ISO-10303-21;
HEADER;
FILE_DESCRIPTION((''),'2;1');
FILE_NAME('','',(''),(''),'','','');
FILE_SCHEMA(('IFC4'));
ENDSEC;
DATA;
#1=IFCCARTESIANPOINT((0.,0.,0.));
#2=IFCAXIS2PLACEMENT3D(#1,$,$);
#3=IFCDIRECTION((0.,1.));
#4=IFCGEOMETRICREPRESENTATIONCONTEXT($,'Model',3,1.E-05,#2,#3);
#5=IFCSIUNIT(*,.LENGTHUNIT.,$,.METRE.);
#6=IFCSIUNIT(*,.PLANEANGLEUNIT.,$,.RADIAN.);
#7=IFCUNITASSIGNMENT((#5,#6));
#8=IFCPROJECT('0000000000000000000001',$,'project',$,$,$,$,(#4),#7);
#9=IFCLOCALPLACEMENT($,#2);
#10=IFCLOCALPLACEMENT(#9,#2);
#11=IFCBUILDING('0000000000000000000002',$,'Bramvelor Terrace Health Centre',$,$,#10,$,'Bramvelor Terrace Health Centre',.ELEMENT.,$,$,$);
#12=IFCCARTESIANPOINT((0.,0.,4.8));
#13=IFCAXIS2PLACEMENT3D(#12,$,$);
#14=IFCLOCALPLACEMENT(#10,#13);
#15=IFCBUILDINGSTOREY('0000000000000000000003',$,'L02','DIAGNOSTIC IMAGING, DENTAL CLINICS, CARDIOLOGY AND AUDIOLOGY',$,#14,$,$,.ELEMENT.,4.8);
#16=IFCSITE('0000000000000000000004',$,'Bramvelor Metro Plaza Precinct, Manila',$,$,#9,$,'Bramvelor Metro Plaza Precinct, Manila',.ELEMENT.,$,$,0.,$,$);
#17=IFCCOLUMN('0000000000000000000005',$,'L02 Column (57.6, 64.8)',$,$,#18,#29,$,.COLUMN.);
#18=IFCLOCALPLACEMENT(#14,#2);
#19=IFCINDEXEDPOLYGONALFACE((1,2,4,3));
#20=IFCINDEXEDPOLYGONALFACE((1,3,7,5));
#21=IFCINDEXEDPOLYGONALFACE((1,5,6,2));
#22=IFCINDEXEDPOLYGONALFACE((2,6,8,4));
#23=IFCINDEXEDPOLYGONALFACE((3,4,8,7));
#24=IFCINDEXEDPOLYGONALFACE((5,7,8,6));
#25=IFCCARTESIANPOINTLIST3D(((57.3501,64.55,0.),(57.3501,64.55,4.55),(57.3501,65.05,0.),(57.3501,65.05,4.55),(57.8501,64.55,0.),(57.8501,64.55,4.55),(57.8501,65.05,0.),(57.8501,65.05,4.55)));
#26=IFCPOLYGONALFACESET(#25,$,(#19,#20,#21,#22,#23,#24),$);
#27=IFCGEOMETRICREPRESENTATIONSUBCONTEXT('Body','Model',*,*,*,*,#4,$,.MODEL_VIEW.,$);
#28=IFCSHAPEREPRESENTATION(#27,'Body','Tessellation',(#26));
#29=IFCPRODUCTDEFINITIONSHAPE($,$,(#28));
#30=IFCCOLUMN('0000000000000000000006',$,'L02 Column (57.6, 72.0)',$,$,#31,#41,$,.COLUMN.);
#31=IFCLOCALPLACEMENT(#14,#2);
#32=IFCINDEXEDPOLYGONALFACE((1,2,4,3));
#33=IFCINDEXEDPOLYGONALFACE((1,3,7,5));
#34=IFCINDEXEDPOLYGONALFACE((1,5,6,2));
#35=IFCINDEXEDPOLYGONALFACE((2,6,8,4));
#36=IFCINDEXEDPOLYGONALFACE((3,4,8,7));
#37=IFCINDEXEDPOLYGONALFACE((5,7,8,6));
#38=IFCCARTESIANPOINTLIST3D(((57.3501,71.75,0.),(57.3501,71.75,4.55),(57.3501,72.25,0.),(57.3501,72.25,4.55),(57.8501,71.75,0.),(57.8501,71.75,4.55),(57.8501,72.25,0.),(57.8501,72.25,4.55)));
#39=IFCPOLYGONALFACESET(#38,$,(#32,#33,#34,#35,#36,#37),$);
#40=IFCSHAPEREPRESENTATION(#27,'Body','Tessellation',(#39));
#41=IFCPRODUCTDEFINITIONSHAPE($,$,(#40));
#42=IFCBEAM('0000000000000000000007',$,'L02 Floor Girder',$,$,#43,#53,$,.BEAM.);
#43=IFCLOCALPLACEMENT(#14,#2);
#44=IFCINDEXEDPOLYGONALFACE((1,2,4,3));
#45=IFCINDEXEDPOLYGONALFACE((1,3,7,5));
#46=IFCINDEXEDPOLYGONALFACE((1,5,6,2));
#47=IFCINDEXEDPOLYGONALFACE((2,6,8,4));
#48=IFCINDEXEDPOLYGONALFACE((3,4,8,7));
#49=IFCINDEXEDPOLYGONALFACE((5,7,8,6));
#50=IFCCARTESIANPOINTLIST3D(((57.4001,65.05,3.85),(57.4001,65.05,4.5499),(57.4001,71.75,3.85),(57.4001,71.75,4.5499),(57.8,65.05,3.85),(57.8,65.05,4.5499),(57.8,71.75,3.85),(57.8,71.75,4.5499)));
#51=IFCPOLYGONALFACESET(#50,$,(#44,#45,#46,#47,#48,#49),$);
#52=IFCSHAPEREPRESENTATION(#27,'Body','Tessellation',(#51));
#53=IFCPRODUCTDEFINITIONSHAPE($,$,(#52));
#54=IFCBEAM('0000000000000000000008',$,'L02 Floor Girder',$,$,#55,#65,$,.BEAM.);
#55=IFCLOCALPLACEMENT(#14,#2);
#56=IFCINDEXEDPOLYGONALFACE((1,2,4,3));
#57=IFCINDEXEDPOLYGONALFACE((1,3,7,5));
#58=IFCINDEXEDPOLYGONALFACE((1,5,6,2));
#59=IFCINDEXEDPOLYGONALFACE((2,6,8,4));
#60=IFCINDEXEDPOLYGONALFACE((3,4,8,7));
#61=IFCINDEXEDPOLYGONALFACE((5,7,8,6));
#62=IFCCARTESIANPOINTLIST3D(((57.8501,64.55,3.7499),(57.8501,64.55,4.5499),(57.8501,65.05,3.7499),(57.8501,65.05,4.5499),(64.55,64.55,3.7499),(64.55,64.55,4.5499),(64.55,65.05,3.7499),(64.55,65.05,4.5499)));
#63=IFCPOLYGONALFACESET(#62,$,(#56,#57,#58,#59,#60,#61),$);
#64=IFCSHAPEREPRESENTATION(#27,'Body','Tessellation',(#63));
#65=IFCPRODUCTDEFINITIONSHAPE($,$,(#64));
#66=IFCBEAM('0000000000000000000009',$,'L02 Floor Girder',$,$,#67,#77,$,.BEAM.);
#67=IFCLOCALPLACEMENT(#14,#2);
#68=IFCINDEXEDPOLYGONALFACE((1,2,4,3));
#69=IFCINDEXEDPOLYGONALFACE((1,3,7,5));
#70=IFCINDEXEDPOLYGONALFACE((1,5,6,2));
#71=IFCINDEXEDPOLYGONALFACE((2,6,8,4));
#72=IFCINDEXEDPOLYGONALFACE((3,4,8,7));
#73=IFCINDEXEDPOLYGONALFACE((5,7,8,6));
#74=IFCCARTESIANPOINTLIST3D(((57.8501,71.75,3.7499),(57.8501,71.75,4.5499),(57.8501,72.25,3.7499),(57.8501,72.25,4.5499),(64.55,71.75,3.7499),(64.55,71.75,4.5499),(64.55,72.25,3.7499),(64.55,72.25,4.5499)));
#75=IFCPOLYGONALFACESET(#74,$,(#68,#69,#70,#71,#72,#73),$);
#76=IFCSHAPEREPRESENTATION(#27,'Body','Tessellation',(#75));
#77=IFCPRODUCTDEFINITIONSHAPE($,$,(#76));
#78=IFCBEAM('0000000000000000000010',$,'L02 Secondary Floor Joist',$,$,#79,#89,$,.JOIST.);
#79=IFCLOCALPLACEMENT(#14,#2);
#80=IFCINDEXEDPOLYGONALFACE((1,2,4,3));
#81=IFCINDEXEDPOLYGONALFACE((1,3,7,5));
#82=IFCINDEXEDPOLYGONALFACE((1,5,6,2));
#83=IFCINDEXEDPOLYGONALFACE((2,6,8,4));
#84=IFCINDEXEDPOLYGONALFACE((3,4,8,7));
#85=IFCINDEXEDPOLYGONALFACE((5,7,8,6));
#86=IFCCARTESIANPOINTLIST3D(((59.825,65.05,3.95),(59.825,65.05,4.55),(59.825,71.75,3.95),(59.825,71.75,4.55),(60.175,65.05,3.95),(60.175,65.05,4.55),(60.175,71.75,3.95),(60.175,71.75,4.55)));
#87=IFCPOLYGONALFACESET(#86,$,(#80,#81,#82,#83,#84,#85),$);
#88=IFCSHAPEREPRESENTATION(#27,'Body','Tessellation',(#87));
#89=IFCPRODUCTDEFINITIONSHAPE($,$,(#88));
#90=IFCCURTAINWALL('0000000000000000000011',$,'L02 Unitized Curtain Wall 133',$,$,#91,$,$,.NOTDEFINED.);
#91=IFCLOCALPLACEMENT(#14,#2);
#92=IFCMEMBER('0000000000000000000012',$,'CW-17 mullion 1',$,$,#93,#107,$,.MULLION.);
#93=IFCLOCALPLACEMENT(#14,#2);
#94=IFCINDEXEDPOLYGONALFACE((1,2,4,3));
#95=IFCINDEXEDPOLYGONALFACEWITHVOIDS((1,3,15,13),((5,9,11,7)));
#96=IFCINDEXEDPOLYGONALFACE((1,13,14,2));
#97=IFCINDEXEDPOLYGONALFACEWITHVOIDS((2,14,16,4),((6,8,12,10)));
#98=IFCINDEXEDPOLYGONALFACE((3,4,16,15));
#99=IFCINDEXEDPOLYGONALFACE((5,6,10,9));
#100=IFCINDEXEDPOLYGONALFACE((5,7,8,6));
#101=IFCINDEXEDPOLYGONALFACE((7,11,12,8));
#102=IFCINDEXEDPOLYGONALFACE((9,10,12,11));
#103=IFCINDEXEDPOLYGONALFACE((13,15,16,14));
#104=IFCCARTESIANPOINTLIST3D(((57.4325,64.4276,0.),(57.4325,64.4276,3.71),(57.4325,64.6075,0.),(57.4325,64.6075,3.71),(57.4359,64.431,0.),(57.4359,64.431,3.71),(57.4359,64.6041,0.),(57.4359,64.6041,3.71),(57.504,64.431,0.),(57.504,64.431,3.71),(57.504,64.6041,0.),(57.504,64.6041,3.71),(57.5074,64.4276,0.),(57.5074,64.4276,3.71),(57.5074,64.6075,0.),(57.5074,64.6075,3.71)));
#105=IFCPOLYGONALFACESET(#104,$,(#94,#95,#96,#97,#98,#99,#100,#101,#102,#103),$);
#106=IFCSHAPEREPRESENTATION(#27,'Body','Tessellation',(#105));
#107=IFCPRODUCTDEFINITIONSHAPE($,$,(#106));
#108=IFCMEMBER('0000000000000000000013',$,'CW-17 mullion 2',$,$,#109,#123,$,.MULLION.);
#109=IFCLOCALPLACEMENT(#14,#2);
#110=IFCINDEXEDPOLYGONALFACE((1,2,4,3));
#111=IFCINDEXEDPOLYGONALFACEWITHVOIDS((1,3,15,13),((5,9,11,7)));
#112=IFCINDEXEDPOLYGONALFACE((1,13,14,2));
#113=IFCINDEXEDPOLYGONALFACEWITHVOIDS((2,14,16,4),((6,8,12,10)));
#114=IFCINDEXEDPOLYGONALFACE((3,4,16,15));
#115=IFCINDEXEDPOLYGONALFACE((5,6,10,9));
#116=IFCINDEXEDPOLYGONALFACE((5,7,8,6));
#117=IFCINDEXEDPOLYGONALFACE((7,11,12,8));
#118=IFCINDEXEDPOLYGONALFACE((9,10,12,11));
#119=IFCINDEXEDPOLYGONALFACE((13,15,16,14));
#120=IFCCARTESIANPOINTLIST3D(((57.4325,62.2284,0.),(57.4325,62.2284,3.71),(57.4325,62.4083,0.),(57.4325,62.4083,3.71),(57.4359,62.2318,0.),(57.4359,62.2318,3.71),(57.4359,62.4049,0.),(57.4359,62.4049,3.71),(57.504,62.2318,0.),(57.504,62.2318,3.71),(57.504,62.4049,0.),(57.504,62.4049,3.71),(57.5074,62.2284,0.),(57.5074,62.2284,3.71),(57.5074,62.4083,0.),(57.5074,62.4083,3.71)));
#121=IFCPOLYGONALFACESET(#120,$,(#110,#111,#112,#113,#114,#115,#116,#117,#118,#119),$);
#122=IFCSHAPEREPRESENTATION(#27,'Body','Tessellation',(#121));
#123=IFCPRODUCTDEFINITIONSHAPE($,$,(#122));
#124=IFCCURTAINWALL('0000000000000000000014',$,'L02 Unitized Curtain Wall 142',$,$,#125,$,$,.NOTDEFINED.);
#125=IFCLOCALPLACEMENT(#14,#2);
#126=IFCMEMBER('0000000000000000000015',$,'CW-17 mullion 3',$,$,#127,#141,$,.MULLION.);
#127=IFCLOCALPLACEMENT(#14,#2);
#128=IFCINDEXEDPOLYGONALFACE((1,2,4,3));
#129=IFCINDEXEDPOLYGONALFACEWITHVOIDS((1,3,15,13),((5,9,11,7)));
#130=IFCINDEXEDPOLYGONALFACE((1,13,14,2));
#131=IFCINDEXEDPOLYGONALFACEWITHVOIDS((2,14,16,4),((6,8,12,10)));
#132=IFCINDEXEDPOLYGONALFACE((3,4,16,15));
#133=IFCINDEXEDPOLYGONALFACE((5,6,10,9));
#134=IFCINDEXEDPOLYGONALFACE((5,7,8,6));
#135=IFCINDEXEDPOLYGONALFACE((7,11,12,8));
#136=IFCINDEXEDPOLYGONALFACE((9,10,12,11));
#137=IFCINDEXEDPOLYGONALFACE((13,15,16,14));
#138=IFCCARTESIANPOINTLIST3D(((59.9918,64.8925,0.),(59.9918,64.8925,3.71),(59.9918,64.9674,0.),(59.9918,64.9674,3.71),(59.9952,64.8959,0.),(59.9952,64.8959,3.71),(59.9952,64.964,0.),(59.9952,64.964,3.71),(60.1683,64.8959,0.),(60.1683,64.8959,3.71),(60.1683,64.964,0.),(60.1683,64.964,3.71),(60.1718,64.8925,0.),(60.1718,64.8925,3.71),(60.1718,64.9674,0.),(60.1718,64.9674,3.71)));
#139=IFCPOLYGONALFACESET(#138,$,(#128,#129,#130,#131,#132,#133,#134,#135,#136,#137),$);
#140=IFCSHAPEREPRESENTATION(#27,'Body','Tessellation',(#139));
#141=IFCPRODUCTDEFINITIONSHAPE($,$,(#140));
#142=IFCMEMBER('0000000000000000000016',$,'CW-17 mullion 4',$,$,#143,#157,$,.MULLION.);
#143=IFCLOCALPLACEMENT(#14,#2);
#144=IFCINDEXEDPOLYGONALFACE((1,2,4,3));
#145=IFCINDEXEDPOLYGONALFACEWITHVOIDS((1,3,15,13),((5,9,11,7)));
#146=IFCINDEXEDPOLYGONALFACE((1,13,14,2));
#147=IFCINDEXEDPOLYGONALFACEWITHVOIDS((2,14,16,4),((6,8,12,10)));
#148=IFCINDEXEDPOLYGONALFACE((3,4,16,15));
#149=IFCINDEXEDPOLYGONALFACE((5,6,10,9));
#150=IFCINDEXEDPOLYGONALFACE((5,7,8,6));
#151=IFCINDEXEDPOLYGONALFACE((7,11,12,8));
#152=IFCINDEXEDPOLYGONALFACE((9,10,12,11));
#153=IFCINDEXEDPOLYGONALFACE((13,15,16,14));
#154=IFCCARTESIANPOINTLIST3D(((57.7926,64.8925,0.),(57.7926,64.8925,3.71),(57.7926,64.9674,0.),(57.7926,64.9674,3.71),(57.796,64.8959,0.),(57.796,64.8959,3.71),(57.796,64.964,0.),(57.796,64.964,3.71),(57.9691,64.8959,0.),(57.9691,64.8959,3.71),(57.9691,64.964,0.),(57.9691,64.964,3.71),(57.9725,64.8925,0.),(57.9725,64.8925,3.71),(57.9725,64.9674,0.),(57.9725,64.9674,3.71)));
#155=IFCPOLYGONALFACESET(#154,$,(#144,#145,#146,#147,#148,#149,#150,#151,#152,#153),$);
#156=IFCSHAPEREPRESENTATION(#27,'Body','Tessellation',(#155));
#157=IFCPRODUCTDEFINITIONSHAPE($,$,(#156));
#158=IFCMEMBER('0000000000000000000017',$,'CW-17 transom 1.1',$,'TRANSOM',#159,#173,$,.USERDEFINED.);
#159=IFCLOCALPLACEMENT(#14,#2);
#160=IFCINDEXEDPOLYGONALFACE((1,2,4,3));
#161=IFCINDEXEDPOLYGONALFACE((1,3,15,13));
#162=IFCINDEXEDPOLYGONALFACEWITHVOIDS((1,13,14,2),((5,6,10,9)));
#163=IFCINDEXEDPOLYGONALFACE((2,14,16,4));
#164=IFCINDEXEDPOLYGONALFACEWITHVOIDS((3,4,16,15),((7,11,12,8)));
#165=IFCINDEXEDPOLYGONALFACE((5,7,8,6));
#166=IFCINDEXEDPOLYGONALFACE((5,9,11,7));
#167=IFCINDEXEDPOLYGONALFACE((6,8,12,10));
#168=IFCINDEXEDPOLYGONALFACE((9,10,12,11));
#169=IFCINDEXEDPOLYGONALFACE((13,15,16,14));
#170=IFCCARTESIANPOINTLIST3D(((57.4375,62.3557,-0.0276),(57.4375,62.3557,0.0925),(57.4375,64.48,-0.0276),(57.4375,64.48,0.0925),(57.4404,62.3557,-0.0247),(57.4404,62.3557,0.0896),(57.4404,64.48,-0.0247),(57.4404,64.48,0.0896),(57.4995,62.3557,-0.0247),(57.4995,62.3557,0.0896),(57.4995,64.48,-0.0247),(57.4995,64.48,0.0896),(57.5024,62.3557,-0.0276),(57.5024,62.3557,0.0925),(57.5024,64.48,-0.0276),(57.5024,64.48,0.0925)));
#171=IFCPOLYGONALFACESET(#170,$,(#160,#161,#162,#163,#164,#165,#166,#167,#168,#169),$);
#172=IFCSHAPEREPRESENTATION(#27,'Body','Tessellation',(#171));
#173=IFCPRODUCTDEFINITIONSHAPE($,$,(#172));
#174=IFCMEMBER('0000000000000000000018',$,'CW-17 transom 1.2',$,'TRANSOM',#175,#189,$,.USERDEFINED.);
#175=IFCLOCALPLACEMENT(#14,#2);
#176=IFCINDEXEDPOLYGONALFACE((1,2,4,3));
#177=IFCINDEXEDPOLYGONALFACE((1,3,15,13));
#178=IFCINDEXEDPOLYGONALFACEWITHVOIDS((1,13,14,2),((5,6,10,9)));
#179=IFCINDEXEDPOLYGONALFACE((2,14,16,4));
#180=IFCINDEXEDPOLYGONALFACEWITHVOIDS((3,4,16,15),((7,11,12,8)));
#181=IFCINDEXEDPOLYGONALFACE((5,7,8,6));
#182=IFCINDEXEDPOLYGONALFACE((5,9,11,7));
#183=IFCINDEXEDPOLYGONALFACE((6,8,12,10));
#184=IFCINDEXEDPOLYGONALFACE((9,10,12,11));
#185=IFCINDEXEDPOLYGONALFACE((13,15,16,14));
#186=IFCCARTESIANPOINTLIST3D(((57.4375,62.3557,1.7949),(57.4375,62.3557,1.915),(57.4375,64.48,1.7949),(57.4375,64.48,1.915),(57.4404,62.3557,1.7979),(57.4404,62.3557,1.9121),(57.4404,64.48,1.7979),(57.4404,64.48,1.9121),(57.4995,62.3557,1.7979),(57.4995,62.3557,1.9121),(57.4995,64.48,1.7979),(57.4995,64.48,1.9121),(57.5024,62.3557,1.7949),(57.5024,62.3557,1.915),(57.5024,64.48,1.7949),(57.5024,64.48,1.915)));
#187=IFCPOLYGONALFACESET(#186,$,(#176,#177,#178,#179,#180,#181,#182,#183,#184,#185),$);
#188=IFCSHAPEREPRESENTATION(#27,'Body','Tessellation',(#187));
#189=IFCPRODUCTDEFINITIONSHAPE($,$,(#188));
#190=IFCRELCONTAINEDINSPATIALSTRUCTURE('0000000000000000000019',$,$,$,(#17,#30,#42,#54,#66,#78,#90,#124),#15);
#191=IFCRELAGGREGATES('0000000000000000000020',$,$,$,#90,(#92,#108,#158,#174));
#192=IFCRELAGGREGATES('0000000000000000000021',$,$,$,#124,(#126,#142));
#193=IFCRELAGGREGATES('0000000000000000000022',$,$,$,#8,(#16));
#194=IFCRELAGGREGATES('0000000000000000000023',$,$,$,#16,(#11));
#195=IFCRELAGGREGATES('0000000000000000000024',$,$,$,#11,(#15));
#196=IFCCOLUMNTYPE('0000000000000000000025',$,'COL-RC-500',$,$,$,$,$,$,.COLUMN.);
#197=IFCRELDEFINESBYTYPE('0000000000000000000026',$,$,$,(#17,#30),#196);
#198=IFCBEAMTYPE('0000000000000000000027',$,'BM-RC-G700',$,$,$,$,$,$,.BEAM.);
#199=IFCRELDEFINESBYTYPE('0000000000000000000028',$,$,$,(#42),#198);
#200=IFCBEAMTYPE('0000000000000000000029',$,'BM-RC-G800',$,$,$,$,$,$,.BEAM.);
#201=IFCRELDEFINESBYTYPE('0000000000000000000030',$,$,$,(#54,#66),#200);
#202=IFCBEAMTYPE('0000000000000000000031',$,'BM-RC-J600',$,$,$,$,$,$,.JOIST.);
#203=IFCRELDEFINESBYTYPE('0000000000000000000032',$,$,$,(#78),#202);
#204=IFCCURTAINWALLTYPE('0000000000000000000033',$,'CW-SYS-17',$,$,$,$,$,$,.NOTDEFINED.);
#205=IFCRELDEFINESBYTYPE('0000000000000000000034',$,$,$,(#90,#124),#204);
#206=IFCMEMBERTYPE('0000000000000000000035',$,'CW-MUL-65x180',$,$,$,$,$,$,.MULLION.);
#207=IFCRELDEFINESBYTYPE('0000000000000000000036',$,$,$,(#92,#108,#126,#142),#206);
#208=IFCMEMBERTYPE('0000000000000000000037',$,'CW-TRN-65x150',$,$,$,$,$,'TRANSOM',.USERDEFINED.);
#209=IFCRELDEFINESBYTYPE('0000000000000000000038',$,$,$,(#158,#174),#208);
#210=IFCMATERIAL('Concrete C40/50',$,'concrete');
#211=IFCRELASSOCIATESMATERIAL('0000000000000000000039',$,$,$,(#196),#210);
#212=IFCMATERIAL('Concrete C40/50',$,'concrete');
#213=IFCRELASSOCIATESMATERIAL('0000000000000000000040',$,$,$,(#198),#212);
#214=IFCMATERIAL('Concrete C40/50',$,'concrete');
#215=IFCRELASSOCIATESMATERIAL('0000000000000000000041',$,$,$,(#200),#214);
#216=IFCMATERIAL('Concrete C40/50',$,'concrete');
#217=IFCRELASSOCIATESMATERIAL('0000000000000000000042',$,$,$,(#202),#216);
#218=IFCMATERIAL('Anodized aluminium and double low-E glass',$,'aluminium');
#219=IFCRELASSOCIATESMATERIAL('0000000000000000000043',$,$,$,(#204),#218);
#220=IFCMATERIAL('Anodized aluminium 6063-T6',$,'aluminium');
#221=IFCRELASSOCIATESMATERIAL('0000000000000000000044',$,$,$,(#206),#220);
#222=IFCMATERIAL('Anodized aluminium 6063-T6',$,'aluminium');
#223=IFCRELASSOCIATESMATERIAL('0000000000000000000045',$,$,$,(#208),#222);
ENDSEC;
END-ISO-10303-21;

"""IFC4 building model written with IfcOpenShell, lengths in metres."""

from ifc_helpers import new_model, si_unit, direction, frame, origin, origin_2d, place, context, subcontext, project, spatial, rectangle, hollow_rectangle, extrude, material, material_profile, profile_set, type_object, element, aggregate, save


model = new_model("IFC4")

# Units and contexts
model_context = context("Model", 3, precision=1e-05, world=origin(), true_north=direction((0.0, 1.0)))
body_context = subcontext(model_context, "Body", "Model", "MODEL_VIEW")
ifc_project = project(units=[si_unit("LENGTHUNIT", "METRE"), si_unit("PLANEANGLEUNIT", "RADIAN")], contexts=[model_context])

# Site, building, storey
site_placement = place(None, origin())
site = spatial("IfcSite", under=ifc_project, at=site_placement, Name="Bramvelor Metro Plaza Precinct, Manila", LongName="Bramvelor Metro Plaza Precinct, Manila", CompositionType="ELEMENT", RefElevation=0.0)
building_placement = place(site_placement, origin())
building = spatial("IfcBuilding", under=site, at=building_placement, Name="Bramvelor Terrace Health Centre", LongName="Bramvelor Terrace Health Centre", CompositionType="ELEMENT")
storey_placement = place(building_placement, frame((0.0, 0.0, 4.8)))
storey = spatial("IfcBuildingStorey", under=building, at=storey_placement, Name="L02", Description="DIAGNOSTIC IMAGING, DENTAL CLINICS, CARDIOLOGY AND AUDIOLOGY", CompositionType="ELEMENT", Elevation=4.8)

# Columns
ifc_material_1 = material(Name="Concrete C40/50", Category="concrete")
ifc_material_profile_1 = material_profile(ifc_material_1, rectangle(XDim=0.5, YDim=0.5, at=origin_2d()), Name="RC 500x500")
ifc_profile_set_1 = profile_set([ifc_material_profile_1], Name="Concrete C40/50")
column_type = type_object("IfcColumnType", Name="COL-RC-500", PredefinedType="COLUMN", material=ifc_profile_set_1)
for number, where, z_axis, x_axis, name in (
    (1, (57.6001, 64.8, 0.0), (0.0, 0.0, 1.0), (1.0, 0.0, 0.0), "L02 Column (57.6, 64.8)"),
    (2, (57.6001, 72.0, 0.0), (0.0, 0.0, 1.0), (1.0, 0.0, 0.0), "L02 Column (57.6, 72.0)"),
):
    element("IfcColumn", number, at=place(storey_placement, frame(where, z_axis=z_axis, x_axis=x_axis)), inside=storey, type_object=column_type, Name=name, PredefinedType="COLUMN", context=body_context, shape_type="SweptSolid", body=[
        extrude(rectangle(XDim=0.5, YDim=0.5, at=origin_2d()), origin(), (0.0, 0.0, 1.0), 4.55),
    ])

# Beams
ifc_material_2 = material(Name="Concrete C40/50", Category="concrete")
ifc_material_profile_2 = material_profile(ifc_material_2, rectangle(XDim=0.3999, YDim=0.7, at=origin_2d()), Name="RC 400x700")
ifc_profile_set_2 = profile_set([ifc_material_profile_2], Name="Concrete C40/50")
beam_type_1 = type_object("IfcBeamType", Name="BM-RC-G700", PredefinedType="BEAM", material=ifc_profile_set_2)
beam_1_placement = place(storey_placement, frame((57.6001, 65.05, 4.2), z_axis=(0.0, 1.0, 0.0), x_axis=(-1.0, 0.0, 0.0)))
element("IfcBeam", 3, at=beam_1_placement, inside=storey, type_object=beam_type_1, Name="L02 Floor Girder", PredefinedType="BEAM", context=body_context, shape_type="SweptSolid", body=[
    extrude(rectangle(XDim=0.3999, YDim=0.7, at=origin_2d()), origin(), (0.0, 0.0, 1.0), 6.7),
])
ifc_material_3 = material(Name="Concrete C40/50", Category="concrete")
ifc_material_profile_3 = material_profile(ifc_material_3, rectangle(XDim=0.5, YDim=0.8, at=origin_2d()), Name="RC 500x800")
ifc_profile_set_3 = profile_set([ifc_material_profile_3], Name="Concrete C40/50")
beam_type_2 = type_object("IfcBeamType", Name="BM-RC-G800", PredefinedType="BEAM", material=ifc_profile_set_3)
for number, where, z_axis, x_axis, name in (
    (4, (57.8501, 64.8, 4.1499), (1.0, 0.0, 0.0), (0.0, 1.0, 0.0), "L02 Floor Girder"),
    (5, (57.8501, 72.0, 4.1499), (1.0, 0.0, 0.0), (0.0, 1.0, 0.0), "L02 Floor Girder"),
):
    element("IfcBeam", number, at=place(storey_placement, frame(where, z_axis=z_axis, x_axis=x_axis)), inside=storey, type_object=beam_type_2, Name=name, PredefinedType="BEAM", context=body_context, shape_type="SweptSolid", body=[
        extrude(rectangle(XDim=0.5, YDim=0.8, at=origin_2d()), origin(), (0.0, 0.0, 1.0), 6.7),
    ])
ifc_material_4 = material(Name="Concrete C40/50", Category="concrete")
ifc_material_profile_4 = material_profile(ifc_material_4, rectangle(XDim=0.3501, YDim=0.6001, at=origin_2d()), Name="RC 350x600")
ifc_profile_set_4 = profile_set([ifc_material_profile_4], Name="Concrete C40/50")
beam_type_3 = type_object("IfcBeamType", Name="BM-RC-J600", PredefinedType="JOIST", material=ifc_profile_set_4)
beam_2_placement = place(storey_placement, frame((60.0, 65.05, 4.25), z_axis=(0.0, 1.0, 0.0), x_axis=(-1.0, 0.0, 0.0)))
element("IfcBeam", 6, at=beam_2_placement, inside=storey, type_object=beam_type_3, Name="L02 Secondary Floor Joist", PredefinedType="JOIST", context=body_context, shape_type="SweptSolid", body=[
    extrude(rectangle(XDim=0.3501, YDim=0.6001, at=origin_2d()), origin(), (0.0, 0.0, 1.0), 6.7),
])

# Curtain walls, members
ifc_material_5 = material(Name="Anodized aluminium and double low-E glass", Category="aluminium")
curtain_wall_type = type_object("IfcCurtainWallType", Name="CW-SYS-17", PredefinedType="NOTDEFINED", material=ifc_material_5)
curtain_wall_1_placement = place(storey_placement, origin())
curtain_wall_1 = element("IfcCurtainWall", 7, at=curtain_wall_1_placement, inside=storey, type_object=curtain_wall_type, Name="L02 Unitized Curtain Wall 133", PredefinedType="NOTDEFINED")
ifc_material_6 = material(Name="Anodized aluminium 6063-T6", Category="aluminium")
ifc_material_profile_5 = material_profile(ifc_material_6, hollow_rectangle(XDim=0.075, YDim=0.1799, WallThickness=0.0034, at=origin_2d()), Name="ALU-MUL 75x180x3.5")
ifc_profile_set_5 = profile_set([ifc_material_profile_5], Name="Anodized aluminium 6063-T6")
member_type_1 = type_object("IfcMemberType", Name="CW-MUL-65x180", PredefinedType="MULLION", material=ifc_profile_set_5)
member_1_placement = place(storey_placement, frame((57.47, 64.5176, 0.0), z_axis=(0.0, 0.0, 1.0), x_axis=(1.0, 0.0, 0.0)))
member_1 = element("IfcMember", 8, at=member_1_placement, type_object=member_type_1, Name="CW-17 mullion 1", PredefinedType="MULLION", context=body_context, shape_type="SweptSolid", body=[
    extrude(hollow_rectangle(XDim=0.075, YDim=0.1799, WallThickness=0.0034, at=origin_2d()), origin(), (0.0, 0.0, 1.0), 3.71),
])
member_2_placement = place(storey_placement, frame((57.47, 62.3184, 0.0), z_axis=(0.0, 0.0, 1.0), x_axis=(1.0, 0.0, 0.0)))
member_2 = element("IfcMember", 9, at=member_2_placement, type_object=member_type_1, Name="CW-17 mullion 2", PredefinedType="MULLION", context=body_context, shape_type="SweptSolid", body=[
    extrude(hollow_rectangle(XDim=0.075, YDim=0.1799, WallThickness=0.0034, at=origin_2d()), origin(), (0.0, 0.0, 1.0), 3.71),
])
curtain_wall_2_placement = place(storey_placement, origin())
curtain_wall_2 = element("IfcCurtainWall", 10, at=curtain_wall_2_placement, inside=storey, type_object=curtain_wall_type, Name="L02 Unitized Curtain Wall 142", PredefinedType="NOTDEFINED")
member_3_placement = place(storey_placement, frame((60.0818, 64.9299, 0.0), z_axis=(0.0, 0.0, 1.0), x_axis=(0.0, -1.0, 0.0)))
member_3 = element("IfcMember", 11, at=member_3_placement, type_object=member_type_1, Name="CW-17 mullion 3", PredefinedType="MULLION", context=body_context, shape_type="SweptSolid", body=[
    extrude(hollow_rectangle(XDim=0.075, YDim=0.1799, WallThickness=0.0034, at=origin_2d()), origin(), (0.0, 0.0, 1.0), 3.71),
])
member_4_placement = place(storey_placement, frame((57.8826, 64.9299, 0.0), z_axis=(0.0, 0.0, 1.0), x_axis=(0.0, -1.0, 0.0)))
member_4 = element("IfcMember", 12, at=member_4_placement, type_object=member_type_1, Name="CW-17 mullion 4", PredefinedType="MULLION", context=body_context, shape_type="SweptSolid", body=[
    extrude(hollow_rectangle(XDim=0.075, YDim=0.1799, WallThickness=0.0034, at=origin_2d()), origin(), (0.0, 0.0, 1.0), 3.71),
])

# Members
ifc_material_7 = material(Name="Anodized aluminium 6063-T6", Category="aluminium")
ifc_material_profile_6 = material_profile(ifc_material_7, hollow_rectangle(XDim=0.0649, YDim=0.1201, WallThickness=0.0029, at=origin_2d()), Name="ALU-TRN 65x120x3.0")
ifc_profile_set_6 = profile_set([ifc_material_profile_6], Name="Anodized aluminium 6063-T6")
member_type_2 = type_object("IfcMemberType", Name="CW-TRN-65x150", ElementType="TRANSOM", PredefinedType="USERDEFINED", material=ifc_profile_set_6)
member_5_placement = place(storey_placement, frame((57.47, 64.48, 0.0325), z_axis=(0.0, -1.0, 0.0), x_axis=(1.0, 0.0, 0.0)))
member_5 = element("IfcMember", 13, at=member_5_placement, type_object=member_type_2, Name="CW-17 transom 1.1", ObjectType="TRANSOM", PredefinedType="USERDEFINED", context=body_context, shape_type="SweptSolid", body=[
    extrude(hollow_rectangle(XDim=0.0649, YDim=0.1201, WallThickness=0.0029, at=origin_2d()), origin(), (0.0, 0.0, 1.0), 2.1243),
])
member_6_placement = place(storey_placement, frame((57.47, 64.48, 1.855), z_axis=(0.0, -1.0, 0.0), x_axis=(1.0, 0.0, 0.0)))
member_6 = element("IfcMember", 14, at=member_6_placement, type_object=member_type_2, Name="CW-17 transom 1.2", ObjectType="TRANSOM", PredefinedType="USERDEFINED", context=body_context, shape_type="SweptSolid", body=[
    extrude(hollow_rectangle(XDim=0.0649, YDim=0.1201, WallThickness=0.0029, at=origin_2d()), origin(), (0.0, 0.0, 1.0), 2.1243),
])

aggregate(curtain_wall_1, [member_1, member_2, member_5, member_6])
aggregate(curtain_wall_2, [member_3, member_4])

save(model, "model.ifc")
